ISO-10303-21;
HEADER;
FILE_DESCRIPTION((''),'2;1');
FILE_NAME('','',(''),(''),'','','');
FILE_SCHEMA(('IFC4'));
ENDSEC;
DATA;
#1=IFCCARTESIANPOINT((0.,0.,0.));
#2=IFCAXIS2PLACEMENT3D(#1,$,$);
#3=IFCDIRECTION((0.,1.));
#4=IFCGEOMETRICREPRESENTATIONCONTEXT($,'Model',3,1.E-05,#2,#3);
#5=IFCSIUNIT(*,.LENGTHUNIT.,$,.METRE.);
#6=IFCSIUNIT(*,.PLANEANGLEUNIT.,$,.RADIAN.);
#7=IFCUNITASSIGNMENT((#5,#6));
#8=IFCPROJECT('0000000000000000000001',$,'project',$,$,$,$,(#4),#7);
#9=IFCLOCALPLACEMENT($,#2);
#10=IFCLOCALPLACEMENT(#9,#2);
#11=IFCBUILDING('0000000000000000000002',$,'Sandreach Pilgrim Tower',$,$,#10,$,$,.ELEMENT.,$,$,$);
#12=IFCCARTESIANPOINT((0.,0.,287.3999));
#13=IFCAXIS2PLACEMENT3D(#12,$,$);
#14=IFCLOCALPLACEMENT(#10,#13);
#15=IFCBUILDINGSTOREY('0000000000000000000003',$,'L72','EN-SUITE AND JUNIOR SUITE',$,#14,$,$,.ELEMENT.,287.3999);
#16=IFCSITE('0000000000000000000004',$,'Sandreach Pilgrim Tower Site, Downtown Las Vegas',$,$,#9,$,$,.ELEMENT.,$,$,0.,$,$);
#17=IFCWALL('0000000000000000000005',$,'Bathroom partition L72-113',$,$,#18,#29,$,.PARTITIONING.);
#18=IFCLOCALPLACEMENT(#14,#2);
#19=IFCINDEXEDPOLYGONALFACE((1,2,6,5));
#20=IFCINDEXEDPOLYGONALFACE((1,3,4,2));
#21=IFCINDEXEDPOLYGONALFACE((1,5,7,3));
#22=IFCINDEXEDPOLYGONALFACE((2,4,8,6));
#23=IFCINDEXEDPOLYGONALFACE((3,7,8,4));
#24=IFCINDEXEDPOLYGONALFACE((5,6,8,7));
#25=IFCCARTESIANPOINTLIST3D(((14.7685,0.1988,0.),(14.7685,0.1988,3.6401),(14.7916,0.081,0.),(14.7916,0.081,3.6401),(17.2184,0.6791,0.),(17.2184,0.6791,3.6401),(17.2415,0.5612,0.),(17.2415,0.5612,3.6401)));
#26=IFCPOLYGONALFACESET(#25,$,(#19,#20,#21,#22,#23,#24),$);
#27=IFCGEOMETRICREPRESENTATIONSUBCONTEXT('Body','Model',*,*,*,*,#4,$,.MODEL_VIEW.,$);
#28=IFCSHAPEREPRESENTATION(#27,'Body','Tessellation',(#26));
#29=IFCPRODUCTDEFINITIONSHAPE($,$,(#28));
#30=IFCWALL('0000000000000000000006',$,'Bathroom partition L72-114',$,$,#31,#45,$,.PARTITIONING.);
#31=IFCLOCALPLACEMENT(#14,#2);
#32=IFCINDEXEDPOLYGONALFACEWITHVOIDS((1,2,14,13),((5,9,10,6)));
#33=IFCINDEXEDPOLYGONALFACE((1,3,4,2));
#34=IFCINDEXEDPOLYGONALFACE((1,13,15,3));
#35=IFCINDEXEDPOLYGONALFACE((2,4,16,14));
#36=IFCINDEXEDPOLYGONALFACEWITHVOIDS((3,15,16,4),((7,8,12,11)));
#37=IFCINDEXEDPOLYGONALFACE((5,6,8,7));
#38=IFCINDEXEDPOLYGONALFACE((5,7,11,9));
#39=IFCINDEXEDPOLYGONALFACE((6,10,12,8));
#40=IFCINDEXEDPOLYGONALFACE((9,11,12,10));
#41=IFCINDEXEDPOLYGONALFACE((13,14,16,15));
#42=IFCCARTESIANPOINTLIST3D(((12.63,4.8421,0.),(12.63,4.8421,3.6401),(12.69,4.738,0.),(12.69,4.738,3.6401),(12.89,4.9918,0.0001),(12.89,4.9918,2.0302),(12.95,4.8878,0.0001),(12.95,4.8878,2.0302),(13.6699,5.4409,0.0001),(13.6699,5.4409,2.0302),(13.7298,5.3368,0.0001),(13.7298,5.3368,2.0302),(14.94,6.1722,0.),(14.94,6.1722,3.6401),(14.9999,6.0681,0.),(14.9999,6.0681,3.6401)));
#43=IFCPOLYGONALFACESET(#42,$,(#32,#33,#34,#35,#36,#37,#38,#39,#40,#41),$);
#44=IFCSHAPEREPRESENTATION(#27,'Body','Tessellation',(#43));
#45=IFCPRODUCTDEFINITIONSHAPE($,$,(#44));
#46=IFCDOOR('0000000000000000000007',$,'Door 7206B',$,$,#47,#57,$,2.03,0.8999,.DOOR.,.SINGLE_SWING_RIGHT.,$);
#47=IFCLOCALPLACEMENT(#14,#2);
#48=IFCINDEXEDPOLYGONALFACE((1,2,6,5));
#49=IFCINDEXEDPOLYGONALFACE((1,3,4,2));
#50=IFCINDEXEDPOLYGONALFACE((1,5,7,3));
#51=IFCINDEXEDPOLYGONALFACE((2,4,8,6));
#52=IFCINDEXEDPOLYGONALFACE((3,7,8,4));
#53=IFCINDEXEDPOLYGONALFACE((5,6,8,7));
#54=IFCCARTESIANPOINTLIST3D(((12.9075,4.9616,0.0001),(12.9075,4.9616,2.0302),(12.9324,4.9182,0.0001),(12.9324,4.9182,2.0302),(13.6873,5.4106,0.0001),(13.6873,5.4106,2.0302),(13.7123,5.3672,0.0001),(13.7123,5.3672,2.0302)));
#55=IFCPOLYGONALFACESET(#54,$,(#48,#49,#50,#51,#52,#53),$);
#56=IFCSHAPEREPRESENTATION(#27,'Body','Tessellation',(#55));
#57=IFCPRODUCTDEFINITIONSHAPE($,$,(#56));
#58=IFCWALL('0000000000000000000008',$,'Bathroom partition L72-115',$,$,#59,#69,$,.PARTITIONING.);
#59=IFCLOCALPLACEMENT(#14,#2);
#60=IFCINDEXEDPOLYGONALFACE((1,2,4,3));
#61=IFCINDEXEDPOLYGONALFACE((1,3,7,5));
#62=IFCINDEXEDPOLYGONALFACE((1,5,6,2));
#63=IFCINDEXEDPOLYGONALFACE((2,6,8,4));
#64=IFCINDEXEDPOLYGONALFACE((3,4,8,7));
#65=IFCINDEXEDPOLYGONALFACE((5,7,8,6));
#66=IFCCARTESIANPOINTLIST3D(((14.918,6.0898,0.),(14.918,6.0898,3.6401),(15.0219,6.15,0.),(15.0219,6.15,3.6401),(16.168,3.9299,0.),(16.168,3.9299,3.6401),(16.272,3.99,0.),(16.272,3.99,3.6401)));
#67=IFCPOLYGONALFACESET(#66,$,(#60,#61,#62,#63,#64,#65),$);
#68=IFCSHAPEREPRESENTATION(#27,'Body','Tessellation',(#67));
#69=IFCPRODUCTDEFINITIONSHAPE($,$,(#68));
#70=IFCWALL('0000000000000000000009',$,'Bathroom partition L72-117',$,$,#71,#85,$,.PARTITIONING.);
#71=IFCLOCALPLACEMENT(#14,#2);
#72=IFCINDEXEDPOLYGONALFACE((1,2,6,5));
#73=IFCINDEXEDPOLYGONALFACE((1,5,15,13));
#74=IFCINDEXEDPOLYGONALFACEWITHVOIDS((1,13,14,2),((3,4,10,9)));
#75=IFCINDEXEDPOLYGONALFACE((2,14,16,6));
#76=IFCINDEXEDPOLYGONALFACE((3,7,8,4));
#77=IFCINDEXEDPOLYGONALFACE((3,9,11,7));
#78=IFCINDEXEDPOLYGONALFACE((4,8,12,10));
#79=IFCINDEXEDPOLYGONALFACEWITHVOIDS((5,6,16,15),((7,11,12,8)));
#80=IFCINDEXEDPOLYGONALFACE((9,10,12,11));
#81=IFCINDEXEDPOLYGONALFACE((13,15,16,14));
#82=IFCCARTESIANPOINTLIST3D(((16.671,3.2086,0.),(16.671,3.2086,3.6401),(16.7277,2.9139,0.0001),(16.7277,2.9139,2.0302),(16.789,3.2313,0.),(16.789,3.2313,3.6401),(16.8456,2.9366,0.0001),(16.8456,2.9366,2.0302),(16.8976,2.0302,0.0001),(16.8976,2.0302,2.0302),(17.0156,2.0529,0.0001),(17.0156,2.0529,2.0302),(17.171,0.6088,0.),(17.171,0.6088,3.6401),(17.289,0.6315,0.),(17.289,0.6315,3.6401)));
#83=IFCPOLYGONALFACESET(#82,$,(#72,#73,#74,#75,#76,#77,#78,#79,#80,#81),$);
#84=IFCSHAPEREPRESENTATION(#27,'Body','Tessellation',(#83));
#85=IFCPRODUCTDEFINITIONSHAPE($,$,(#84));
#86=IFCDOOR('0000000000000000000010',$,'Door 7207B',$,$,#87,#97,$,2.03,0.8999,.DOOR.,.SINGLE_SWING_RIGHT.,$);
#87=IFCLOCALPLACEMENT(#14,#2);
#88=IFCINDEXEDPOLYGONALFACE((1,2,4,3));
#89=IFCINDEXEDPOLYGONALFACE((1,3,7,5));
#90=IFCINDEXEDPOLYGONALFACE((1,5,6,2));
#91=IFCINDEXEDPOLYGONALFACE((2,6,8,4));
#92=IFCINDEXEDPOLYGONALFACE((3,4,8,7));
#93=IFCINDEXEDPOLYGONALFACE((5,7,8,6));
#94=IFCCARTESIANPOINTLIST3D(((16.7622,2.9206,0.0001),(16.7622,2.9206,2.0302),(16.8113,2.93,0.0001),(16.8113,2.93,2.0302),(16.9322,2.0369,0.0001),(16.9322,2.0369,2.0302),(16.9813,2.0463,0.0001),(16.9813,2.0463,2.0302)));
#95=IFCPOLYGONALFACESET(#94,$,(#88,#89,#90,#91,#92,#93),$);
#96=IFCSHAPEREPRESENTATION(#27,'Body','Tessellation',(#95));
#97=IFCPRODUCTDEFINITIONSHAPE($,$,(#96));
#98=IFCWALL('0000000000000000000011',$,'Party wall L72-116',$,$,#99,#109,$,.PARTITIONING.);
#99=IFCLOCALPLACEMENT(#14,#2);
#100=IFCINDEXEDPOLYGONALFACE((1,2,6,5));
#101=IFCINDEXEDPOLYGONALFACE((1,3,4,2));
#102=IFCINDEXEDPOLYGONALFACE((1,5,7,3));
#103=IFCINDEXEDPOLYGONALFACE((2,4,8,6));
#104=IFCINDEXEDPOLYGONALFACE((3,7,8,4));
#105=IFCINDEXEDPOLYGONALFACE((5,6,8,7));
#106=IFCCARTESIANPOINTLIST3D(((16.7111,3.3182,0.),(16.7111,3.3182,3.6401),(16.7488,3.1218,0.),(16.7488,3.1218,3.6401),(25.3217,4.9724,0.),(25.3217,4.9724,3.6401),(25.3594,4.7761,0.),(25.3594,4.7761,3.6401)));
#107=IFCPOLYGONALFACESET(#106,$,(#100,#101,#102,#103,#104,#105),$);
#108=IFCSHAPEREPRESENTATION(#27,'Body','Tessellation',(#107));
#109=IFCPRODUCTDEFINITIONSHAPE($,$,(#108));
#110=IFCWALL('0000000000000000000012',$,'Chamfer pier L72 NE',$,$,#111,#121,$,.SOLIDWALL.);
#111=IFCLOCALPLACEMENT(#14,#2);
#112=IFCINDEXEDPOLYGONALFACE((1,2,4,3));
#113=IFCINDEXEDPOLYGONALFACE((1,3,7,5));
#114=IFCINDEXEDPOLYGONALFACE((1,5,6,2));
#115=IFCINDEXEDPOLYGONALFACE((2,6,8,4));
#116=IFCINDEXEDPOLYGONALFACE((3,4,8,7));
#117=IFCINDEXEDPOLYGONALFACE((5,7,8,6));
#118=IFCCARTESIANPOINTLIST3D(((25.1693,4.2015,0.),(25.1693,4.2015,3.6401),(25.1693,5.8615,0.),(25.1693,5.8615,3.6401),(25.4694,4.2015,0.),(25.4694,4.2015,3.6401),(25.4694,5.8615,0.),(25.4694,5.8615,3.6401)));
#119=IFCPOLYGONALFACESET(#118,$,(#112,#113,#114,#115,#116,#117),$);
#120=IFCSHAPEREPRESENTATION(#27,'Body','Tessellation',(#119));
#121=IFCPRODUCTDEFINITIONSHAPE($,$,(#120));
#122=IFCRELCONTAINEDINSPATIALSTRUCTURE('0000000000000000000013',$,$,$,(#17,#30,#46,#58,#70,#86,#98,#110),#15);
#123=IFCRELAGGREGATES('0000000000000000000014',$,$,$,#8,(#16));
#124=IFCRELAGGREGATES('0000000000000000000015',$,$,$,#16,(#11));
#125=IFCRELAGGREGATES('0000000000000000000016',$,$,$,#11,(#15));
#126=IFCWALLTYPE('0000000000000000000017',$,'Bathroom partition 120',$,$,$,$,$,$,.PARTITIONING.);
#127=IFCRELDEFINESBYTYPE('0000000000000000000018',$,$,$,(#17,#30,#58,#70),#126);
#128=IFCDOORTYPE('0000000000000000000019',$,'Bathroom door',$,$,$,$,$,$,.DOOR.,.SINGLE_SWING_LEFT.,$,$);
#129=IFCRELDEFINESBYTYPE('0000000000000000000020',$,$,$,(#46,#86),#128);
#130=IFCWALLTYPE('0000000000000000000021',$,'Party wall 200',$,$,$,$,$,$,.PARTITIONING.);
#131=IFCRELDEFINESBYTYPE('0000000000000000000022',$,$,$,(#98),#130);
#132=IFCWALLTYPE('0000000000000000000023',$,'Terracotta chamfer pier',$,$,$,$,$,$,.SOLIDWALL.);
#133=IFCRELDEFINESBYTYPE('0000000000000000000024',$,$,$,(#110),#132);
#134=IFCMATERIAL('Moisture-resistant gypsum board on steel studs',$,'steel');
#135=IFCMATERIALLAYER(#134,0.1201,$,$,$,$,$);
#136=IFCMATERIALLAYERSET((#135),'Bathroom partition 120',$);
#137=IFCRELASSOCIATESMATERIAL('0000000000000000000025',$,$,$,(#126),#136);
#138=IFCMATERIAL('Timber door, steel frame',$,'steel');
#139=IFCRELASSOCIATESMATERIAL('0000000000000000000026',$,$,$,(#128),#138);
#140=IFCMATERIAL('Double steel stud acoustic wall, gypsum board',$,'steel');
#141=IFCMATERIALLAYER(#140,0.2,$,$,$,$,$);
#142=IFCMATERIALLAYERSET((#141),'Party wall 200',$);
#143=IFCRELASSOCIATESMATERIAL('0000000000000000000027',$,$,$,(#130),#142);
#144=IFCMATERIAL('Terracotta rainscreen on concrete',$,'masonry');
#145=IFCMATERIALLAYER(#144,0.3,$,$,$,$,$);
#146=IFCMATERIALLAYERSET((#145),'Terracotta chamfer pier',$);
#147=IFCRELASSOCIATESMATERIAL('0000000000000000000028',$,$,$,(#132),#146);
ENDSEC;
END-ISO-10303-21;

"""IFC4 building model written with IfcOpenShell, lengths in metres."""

from ifc_helpers import new_model, si_unit, direction, frame, frame_2d, origin, place, context, subcontext, project, spatial, rectangle, extrude, material, layer, layer_set, type_object, element, fill, save


model = new_model("IFC4")

# Units and contexts
model_context = context("Model", 3, precision=1e-05, world=origin(), true_north=direction((0.0, 1.0)))
body_context = subcontext(model_context, "Body", "Model", "MODEL_VIEW")
ifc_project = project(units=[si_unit("LENGTHUNIT", "METRE"), si_unit("PLANEANGLEUNIT", "RADIAN")], contexts=[model_context])

# Site, building, storey
site_placement = place(None, origin())
site = spatial("IfcSite", under=ifc_project, at=site_placement, Name="Sandreach Pilgrim Tower Site, Downtown Las Vegas", CompositionType="ELEMENT", RefElevation=0.0)
building_placement = place(site_placement, origin())
building = spatial("IfcBuilding", under=site, at=building_placement, Name="Sandreach Pilgrim Tower", CompositionType="ELEMENT")
storey_placement = place(building_placement, frame((0.0, 0.0, 287.3999)))
storey = spatial("IfcBuildingStorey", under=building, at=storey_placement, Name="L72", Description="EN-SUITE AND JUNIOR SUITE", CompositionType="ELEMENT", Elevation=287.3999)

# Wall
ifc_material_1 = material(Name="Moisture-resistant gypsum board on steel studs", Category="steel")
ifc_layer_1 = layer(ifc_material_1, 0.1201)
ifc_layer_set_1 = layer_set([ifc_layer_1], Name="Bathroom partition 120")
wall_type_1 = type_object("IfcWallType", Name="Bathroom partition 120", PredefinedType="PARTITIONING", material=ifc_layer_set_1)
wall_1_placement = place(storey_placement, frame((14.78, 0.1399, 0.0), z_axis=(0.0, 0.0, 1.0), x_axis=(0.981326, 0.192354, 0.0)))
element("IfcWall", 1, at=wall_1_placement, inside=storey, type_object=wall_type_1, Name="Bathroom partition L72-113", PredefinedType="PARTITIONING", context=body_context, shape_type="SweptSolid", body=[
    extrude(rectangle(XDim=2.4966, YDim=0.1201, at=frame_2d((1.2483, 0.0))), origin(), (0.0, 0.0, 1.0), 3.6401),
])

# Wall, opening, door
wall_2_placement = place(storey_placement, frame((14.97, 6.1201, 0.0), z_axis=(0.0, 0.0, 1.0), x_axis=(-0.866615, -0.498977, 0.0)))
wall_2 = element("IfcWall", 2, at=wall_2_placement, inside=storey, type_object=wall_type_1, Name="Bathroom partition L72-114", PredefinedType="PARTITIONING", context=body_context, shape_type="SweptSolid", body=[
    extrude(rectangle(XDim=2.6655, YDim=0.1201, at=frame_2d((1.3328, 0.0))), origin(), (0.0, 0.0, 1.0), 3.6401),
])
opening_1_placement = place(wall_2_placement, frame((1.4656, 0.0, 0.0)))
opening_1 = element("IfcOpeningElement", 3, at=opening_1_placement, cuts=wall_2, PredefinedType="OPENING", context=body_context, shape_type="SweptSolid", body=[
    extrude(rectangle(XDim=0.8999, YDim=2.03, at=frame_2d((0.45, 1.0151))), frame((0.0, 0.0601, 0.0), z_axis=(0.0, -1.0, 0.0), x_axis=(1.0, 0.0, 0.0)), (0.0, 0.0, 1.0), 0.1201),
])
ifc_material_2 = material(Name="Timber door, steel frame", Category="steel")
door_type = type_object("IfcDoorType", Name="Bathroom door", OperationType="SINGLE_SWING_LEFT", PredefinedType="DOOR", material=ifc_material_2)
door_1_placement = place(opening_1_placement, origin())
door_1 = element("IfcDoor", 4, at=door_1_placement, inside=storey, type_object=door_type, Name="Door 7206B", OperationType="SINGLE_SWING_RIGHT", OverallHeight=2.03, OverallWidth=0.8999, PredefinedType="DOOR", context=body_context, shape_type="SweptSolid", body=[
    extrude(rectangle(XDim=0.8999, YDim=2.03, at=frame_2d((0.45, 1.0151))), frame((0.0, 0.0249, 0.0), z_axis=(0.0, -1.0, 0.0), x_axis=(1.0, 0.0, 0.0)), (0.0, 0.0, 1.0), 0.05),
])
fill(opening_1, door_1)

# Wall
wall_3_placement = place(storey_placement, frame((16.22, 3.96, 0.0), z_axis=(0.0, 0.0, 1.0), x_axis=(-0.500894, 0.865509, 0.0)))
element("IfcWall", 5, at=wall_3_placement, inside=storey, type_object=wall_type_1, Name="Bathroom partition L72-115", PredefinedType="PARTITIONING", context=body_context, shape_type="SweptSolid", body=[
    extrude(rectangle(XDim=2.4956, YDim=0.1201, at=frame_2d((1.2478, 0.0))), origin(), (0.0, 0.0, 1.0), 3.6401),
])

# Wall, opening, door
wall_4_placement = place(storey_placement, frame((17.23, 0.6201, 0.0), z_axis=(0.0, 0.0, 1.0), x_axis=(-0.188858, 0.982004, 0.0)))
wall_4 = element("IfcWall", 6, at=wall_4_placement, inside=storey, type_object=wall_type_1, Name="Bathroom partition L72-117", PredefinedType="PARTITIONING", context=body_context, shape_type="SweptSolid", body=[
    extrude(rectangle(XDim=2.6475, YDim=0.1201, at=frame_2d((1.3237, 0.0))), origin(), (0.0, 0.0, 1.0), 3.6401),
])
opening_2_placement = place(wall_4_placement, frame((1.4475, 0.0, 0.0)))
opening_2 = element("IfcOpeningElement", 7, at=opening_2_placement, cuts=wall_4, PredefinedType="OPENING", context=body_context, shape_type="SweptSolid", body=[
    extrude(rectangle(XDim=0.8999, YDim=2.03, at=frame_2d((0.45, 1.0151))), frame((0.0, 0.0601, 0.0), z_axis=(0.0, -1.0, 0.0), x_axis=(1.0, 0.0, 0.0)), (0.0, 0.0, 1.0), 0.1201),
])
door_2_placement = place(opening_2_placement, origin())
door_2 = element("IfcDoor", 8, at=door_2_placement, inside=storey, type_object=door_type, Name="Door 7207B", OperationType="SINGLE_SWING_RIGHT", OverallHeight=2.03, OverallWidth=0.8999, PredefinedType="DOOR", context=body_context, shape_type="SweptSolid", body=[
    extrude(rectangle(XDim=0.8999, YDim=2.03, at=frame_2d((0.45, 1.0151))), frame((0.0, 0.0249, 0.0), z_axis=(0.0, -1.0, 0.0), x_axis=(1.0, 0.0, 0.0)), (0.0, 0.0, 1.0), 0.05),
])
fill(opening_2, door_2)

# Walls
ifc_material_3 = material(Name="Double steel stud acoustic wall, gypsum board", Category="steel")
ifc_layer_2 = layer(ifc_material_3, 0.2)
ifc_layer_set_2 = layer_set([ifc_layer_2], Name="Party wall 200")
wall_type_2 = type_object("IfcWallType", Name="Party wall 200", PredefinedType="PARTITIONING", material=ifc_layer_set_2)
wall_5_placement = place(storey_placement, frame((16.73, 3.22, 0.0), z_axis=(0.0, 0.0, 1.0), x_axis=(0.98204, 0.188673, 0.0)))
element("IfcWall", 9, at=wall_5_placement, inside=storey, type_object=wall_type_2, Name="Party wall L72-116", PredefinedType="PARTITIONING", context=body_context, shape_type="SweptSolid", body=[
    extrude(rectangle(XDim=8.7681, YDim=0.2, at=frame_2d((4.384, 0.0))), origin(), (0.0, 0.0, 1.0), 3.6401),
])
ifc_material_4 = material(Name="Terracotta rainscreen on concrete", Category="masonry")
ifc_layer_3 = layer(ifc_material_4, 0.3)
ifc_layer_set_3 = layer_set([ifc_layer_3], Name="Terracotta chamfer pier")
wall_type_3 = type_object("IfcWallType", Name="Terracotta chamfer pier", PredefinedType="SOLIDWALL", material=ifc_layer_set_3)
wall_6_placement = place(storey_placement, frame((25.3193, 5.8616, 0.0), z_axis=(0.0, 0.0, 1.0), x_axis=(0.0, -1.0, 0.0)))
element("IfcWall", 10, at=wall_6_placement, inside=storey, type_object=wall_type_3, Name="Chamfer pier L72 NE", PredefinedType="SOLIDWALL", context=body_context, shape_type="SweptSolid", body=[
    extrude(rectangle(XDim=1.6599, YDim=0.3, at=frame_2d((0.8301, 0.0))), origin(), (0.0, 0.0, 1.0), 3.6401),
])

save(model, "model.ifc")
